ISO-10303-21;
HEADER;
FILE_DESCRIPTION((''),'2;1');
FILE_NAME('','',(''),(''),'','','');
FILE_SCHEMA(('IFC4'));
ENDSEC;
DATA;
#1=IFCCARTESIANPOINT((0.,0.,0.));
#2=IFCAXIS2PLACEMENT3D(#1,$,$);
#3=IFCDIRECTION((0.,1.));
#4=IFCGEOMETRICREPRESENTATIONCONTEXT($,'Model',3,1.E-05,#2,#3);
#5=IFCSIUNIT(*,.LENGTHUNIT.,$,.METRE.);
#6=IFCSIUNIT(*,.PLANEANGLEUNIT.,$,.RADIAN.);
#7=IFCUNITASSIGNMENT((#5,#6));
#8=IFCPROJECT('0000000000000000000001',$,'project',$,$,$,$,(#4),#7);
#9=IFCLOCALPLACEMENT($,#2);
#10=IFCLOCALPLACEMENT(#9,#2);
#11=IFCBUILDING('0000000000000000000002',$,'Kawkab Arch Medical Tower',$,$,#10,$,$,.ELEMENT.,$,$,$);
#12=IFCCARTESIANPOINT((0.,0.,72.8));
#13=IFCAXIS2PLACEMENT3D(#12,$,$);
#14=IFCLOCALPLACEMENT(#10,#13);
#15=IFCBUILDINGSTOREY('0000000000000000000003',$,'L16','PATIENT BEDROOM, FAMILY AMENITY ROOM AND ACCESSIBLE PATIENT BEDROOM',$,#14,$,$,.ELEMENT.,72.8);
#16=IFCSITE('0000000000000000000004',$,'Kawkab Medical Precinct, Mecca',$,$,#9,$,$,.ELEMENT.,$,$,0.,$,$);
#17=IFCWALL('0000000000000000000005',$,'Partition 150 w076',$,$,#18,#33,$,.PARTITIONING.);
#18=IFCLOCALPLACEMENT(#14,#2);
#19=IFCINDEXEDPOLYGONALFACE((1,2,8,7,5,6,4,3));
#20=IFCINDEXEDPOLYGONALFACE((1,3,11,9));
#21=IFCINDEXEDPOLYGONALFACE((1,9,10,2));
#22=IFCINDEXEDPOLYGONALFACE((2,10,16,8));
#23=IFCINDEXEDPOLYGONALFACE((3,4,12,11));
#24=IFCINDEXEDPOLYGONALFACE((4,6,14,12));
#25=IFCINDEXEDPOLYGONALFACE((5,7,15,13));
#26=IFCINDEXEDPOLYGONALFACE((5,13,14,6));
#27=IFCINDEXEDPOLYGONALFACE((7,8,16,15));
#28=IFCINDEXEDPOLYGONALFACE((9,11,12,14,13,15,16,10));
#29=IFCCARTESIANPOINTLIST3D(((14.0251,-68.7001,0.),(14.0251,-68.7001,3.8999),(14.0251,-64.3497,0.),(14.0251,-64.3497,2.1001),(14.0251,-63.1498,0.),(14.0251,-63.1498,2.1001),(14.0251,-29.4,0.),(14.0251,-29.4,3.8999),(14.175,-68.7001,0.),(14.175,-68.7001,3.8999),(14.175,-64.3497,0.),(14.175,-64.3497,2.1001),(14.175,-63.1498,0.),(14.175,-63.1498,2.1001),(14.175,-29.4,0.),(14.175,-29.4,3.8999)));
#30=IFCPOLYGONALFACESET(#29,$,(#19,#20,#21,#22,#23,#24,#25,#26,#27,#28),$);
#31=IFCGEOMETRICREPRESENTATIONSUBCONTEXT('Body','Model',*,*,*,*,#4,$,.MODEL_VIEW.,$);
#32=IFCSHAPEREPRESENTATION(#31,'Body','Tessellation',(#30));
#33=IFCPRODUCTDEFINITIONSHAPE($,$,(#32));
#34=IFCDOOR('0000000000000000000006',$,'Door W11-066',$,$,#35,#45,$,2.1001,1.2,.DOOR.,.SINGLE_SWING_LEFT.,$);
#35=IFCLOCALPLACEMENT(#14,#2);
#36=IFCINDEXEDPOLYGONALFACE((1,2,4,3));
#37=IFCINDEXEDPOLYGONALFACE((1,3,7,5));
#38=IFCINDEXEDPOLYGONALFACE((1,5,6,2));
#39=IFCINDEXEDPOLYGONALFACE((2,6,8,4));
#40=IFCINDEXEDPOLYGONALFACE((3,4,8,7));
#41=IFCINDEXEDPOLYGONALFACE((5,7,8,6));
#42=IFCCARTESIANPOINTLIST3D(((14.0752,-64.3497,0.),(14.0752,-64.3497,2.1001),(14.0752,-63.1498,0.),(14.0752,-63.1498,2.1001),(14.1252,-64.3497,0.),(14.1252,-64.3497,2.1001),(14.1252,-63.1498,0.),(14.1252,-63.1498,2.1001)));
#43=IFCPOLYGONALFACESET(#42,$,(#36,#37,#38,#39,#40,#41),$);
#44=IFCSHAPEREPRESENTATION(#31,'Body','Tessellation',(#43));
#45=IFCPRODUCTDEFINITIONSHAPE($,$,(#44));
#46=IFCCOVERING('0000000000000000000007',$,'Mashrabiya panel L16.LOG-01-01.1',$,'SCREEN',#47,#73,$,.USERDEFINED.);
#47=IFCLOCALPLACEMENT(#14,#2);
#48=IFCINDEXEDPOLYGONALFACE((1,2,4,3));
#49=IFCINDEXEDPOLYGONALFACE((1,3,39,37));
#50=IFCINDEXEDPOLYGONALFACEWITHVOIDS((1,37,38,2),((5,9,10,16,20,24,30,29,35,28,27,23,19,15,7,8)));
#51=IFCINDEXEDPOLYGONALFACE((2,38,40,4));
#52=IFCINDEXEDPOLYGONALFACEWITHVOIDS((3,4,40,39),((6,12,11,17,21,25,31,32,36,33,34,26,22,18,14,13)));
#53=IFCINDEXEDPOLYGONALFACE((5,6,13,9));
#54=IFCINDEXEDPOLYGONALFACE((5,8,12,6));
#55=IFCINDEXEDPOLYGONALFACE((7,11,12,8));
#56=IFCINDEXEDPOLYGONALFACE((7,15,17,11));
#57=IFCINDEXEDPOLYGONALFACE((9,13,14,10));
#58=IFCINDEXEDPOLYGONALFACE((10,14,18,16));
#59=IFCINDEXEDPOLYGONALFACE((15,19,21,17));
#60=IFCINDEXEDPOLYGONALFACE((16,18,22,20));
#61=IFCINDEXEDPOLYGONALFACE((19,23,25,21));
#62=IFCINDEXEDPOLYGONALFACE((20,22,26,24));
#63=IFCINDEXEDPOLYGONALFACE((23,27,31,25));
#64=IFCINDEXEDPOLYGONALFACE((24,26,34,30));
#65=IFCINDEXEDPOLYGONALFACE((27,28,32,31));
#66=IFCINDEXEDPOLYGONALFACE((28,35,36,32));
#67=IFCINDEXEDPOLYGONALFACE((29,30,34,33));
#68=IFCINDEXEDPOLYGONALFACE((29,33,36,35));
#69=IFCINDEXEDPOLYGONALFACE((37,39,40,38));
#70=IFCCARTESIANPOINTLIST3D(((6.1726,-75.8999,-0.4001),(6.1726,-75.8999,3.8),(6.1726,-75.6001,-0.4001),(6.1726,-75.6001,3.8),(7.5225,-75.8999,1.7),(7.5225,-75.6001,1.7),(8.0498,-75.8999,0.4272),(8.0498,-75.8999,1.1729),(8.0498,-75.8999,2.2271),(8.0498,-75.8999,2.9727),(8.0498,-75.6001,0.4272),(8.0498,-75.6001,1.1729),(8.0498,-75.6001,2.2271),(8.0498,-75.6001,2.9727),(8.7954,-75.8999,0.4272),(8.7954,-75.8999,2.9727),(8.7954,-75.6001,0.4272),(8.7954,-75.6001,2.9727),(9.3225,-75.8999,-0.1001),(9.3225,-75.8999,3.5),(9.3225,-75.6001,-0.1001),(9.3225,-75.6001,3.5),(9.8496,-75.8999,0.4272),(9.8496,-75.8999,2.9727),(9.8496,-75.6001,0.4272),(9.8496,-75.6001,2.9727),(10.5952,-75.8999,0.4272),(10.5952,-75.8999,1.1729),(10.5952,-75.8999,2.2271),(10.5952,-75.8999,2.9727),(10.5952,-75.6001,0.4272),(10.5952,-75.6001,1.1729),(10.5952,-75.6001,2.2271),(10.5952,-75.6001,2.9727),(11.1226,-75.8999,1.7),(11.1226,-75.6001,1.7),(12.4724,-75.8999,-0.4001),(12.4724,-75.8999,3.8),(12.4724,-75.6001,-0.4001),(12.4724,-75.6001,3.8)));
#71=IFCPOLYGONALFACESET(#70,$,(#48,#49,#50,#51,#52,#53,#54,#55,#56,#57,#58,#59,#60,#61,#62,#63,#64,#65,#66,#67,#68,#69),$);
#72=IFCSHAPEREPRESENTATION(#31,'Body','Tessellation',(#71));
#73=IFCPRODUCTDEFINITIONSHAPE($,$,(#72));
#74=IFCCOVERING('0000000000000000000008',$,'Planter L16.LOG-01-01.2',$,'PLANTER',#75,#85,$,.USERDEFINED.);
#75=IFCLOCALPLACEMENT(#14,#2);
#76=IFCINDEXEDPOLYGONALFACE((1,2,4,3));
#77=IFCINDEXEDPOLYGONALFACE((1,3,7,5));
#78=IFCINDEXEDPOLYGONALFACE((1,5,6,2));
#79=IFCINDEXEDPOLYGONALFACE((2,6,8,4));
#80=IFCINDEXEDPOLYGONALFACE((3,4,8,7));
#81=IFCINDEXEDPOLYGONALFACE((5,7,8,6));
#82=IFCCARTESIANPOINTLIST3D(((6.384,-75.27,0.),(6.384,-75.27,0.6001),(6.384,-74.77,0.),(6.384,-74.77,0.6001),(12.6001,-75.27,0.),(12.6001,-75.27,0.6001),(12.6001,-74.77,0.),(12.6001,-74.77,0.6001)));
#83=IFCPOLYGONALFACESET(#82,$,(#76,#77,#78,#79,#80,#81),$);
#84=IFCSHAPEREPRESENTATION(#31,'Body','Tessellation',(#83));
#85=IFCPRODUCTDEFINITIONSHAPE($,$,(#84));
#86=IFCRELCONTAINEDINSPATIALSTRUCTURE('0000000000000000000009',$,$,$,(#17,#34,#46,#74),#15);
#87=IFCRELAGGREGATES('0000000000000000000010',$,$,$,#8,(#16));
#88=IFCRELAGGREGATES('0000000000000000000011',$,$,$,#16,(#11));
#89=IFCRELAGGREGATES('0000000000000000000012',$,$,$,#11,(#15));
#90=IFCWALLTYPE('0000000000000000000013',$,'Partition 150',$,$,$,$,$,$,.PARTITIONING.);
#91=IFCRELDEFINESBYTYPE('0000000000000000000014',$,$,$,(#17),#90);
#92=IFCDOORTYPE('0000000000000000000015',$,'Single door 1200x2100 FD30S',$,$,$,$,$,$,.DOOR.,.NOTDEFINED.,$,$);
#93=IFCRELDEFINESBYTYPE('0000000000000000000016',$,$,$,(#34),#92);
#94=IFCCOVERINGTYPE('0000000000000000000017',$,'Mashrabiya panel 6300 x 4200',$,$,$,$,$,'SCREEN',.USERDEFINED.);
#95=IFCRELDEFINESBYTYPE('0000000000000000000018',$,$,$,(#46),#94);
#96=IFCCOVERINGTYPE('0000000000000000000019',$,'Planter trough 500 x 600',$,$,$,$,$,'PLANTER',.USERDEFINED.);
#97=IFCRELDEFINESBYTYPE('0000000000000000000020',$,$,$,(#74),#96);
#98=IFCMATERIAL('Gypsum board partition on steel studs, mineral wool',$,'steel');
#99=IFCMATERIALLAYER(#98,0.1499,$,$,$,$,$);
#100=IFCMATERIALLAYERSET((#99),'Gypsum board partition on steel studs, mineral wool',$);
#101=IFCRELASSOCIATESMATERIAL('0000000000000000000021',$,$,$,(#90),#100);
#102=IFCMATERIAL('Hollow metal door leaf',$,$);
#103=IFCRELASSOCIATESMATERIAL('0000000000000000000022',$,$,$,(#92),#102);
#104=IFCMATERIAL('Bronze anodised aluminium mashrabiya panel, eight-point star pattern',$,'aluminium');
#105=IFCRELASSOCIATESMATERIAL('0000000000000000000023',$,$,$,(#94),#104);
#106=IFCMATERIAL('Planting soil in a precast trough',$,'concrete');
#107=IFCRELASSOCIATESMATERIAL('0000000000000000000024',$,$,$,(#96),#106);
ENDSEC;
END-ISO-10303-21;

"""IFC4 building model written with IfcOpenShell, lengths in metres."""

from ifc_helpers import new_model, si_unit, direction, frame, frame_2d, origin, origin_2d, place, context, subcontext, project, spatial, polyline, rectangle, outline, extrude, material, layer, layer_set, material_profile, profile_set, type_object, element, fill, save


model = new_model("IFC4")

# Units and contexts
model_context = context("Model", 3, precision=1e-05, world=origin(), true_north=direction((0.0, 1.0)))
body_context = subcontext(model_context, "Body", "Model", "MODEL_VIEW")
ifc_project = project(units=[si_unit("LENGTHUNIT", "METRE"), si_unit("PLANEANGLEUNIT", "RADIAN")], contexts=[model_context])

# Site, building, storey
site_placement = place(None, origin())
site = spatial("IfcSite", under=ifc_project, at=site_placement, Name="Kawkab Medical Precinct, Mecca", CompositionType="ELEMENT", RefElevation=0.0)
building_placement = place(site_placement, origin())
building = spatial("IfcBuilding", under=site, at=building_placement, Name="Kawkab Arch Medical Tower", CompositionType="ELEMENT")
storey_placement = place(building_placement, frame((0.0, 0.0, 72.8)))
storey = spatial("IfcBuildingStorey", under=building, at=storey_placement, Name="L16", Description="PATIENT BEDROOM, FAMILY AMENITY ROOM AND ACCESSIBLE PATIENT BEDROOM", CompositionType="ELEMENT", Elevation=72.8)

# Shared definitions
ifc_material_1 = material(Name="Gypsum board partition on steel studs, mineral wool", Category="steel")
ifc_layer_1 = layer(ifc_material_1, 0.1499)
ifc_layer_set_1 = layer_set([ifc_layer_1], Name="Gypsum board partition on steel studs, mineral wool")
wall_type_1 = type_object("IfcWallType", Name="Partition 150", PredefinedType="PARTITIONING", material=ifc_layer_set_1)

# Wall, opening, door
wall_1_placement = place(storey_placement, frame((14.1001, -68.7, 0.0), z_axis=(0.0, 0.0, 1.0), x_axis=(0.0, 1.0, 0.0)))
wall_1 = element("IfcWall", 1, at=wall_1_placement, inside=storey, type_object=wall_type_1, Name="Partition 150 w076", PredefinedType="PARTITIONING", context=body_context, shape_type="SweptSolid", body=[
    extrude(rectangle(XDim=39.3, YDim=0.1499, at=frame_2d((19.6499, 0.0))), origin(), (0.0, 0.0, 1.0), 3.8999),
])
opening_1_placement = place(wall_1_placement, frame((4.3501, 0.0, 0.0)))
opening_1 = element("IfcOpeningElement", 2, at=opening_1_placement, cuts=wall_1, PredefinedType="OPENING", context=body_context, shape_type="SweptSolid", body=[
    extrude(rectangle(XDim=1.2, YDim=2.1001, at=frame_2d((0.6001, 1.05))), frame((0.0, 0.085, 0.0), z_axis=(0.0, -1.0, 0.0), x_axis=(1.0, 0.0, 0.0)), (0.0, 0.0, 1.0), 0.1699),
])
ifc_material_2 = material(Name="Hollow metal door leaf")
door_type_1 = type_object("IfcDoorType", Name="Single door 1200x2100 FD30S", OperationType="NOTDEFINED", PredefinedType="DOOR", material=ifc_material_2)
door_1_placement = place(opening_1_placement, origin())
door_1 = element("IfcDoor", 3, at=door_1_placement, inside=storey, type_object=door_type_1, Name="Door W11-066", OperationType="SINGLE_SWING_LEFT", OverallHeight=2.1001, OverallWidth=1.2, PredefinedType="DOOR", context=body_context, shape_type="SweptSolid", body=[
    extrude(rectangle(XDim=1.2, YDim=2.1001, at=frame_2d((0.6001, 1.05))), frame((0.0, 0.0249, 0.0), z_axis=(0.0, -1.0, 0.0), x_axis=(1.0, 0.0, 0.0)), (0.0, 0.0, 1.0), 0.05),
])
fill(opening_1, door_1)

# Coverings
ifc_material_3 = material(Name="Bronze anodised aluminium mashrabiya panel, eight-point star pattern", Category="aluminium")
ifc_material_profile_1 = material_profile(ifc_material_3, outline(polyline([(-3.1499, -2.1001), (3.1499, -2.1001), (3.1499, 2.1001), (-3.1499, 2.1001), (-3.1499, -2.1001)]), holes=[polyline([(1.8, 0.0), (1.2727, 0.5271), (1.2727, 1.2727), (0.5271, 1.2727), (0.0, 1.8), (-0.5271, 1.2727), (-1.2727, 1.2727), (-1.2727, 0.5271), (-1.8, 0.0), (-1.2727, -0.5271), (-1.2727, -1.2727), (-0.5271, -1.2727), (0.0, -1.8), (0.5271, -1.2727), (1.2727, -1.2727), (1.2727, -0.5271), (1.8, 0.0)])]), Name="Mashrabiya panel 6300x4200")
ifc_profile_set_1 = profile_set([ifc_material_profile_1], Name="Bronze anodised aluminium mashrabiya panel, eight-point star pattern")
covering_type_1 = type_object("IfcCoveringType", Name="Mashrabiya panel 6300 x 4200", ElementType="SCREEN", PredefinedType="USERDEFINED", material=ifc_profile_set_1)
covering_1_placement = place(storey_placement, frame((9.3225, -75.6001, 1.7), z_axis=(0.0, -1.0, 0.0), x_axis=(1.0, 0.0, 0.0)))
element("IfcCovering", 4, at=covering_1_placement, inside=storey, type_object=covering_type_1, Name="Mashrabiya panel L16.LOG-01-01.1", ObjectType="SCREEN", PredefinedType="USERDEFINED", context=body_context, shape_type="SweptSolid", body=[
    extrude(outline(polyline([(-3.1499, -2.1001), (3.1499, -2.1001), (3.1499, 2.1001), (-3.1499, 2.1001), (-3.1499, -2.1001)]), holes=[polyline([(1.8, 0.0), (1.2727, 0.5271), (1.2727, 1.2727), (0.5271, 1.2727), (0.0, 1.8), (-0.5271, 1.2727), (-1.2727, 1.2727), (-1.2727, 0.5271), (-1.8, 0.0), (-1.2727, -0.5271), (-1.2727, -1.2727), (-0.5271, -1.2727), (0.0, -1.8), (0.5271, -1.2727), (1.2727, -1.2727), (1.2727, -0.5271), (1.8, 0.0)])]), origin(), (0.0, 0.0, 1.0), 0.2998),
])
ifc_material_4 = material(Name="Planting soil in a precast trough", Category="concrete")
ifc_material_profile_2 = material_profile(ifc_material_4, rectangle(XDim=0.5, YDim=0.6001, at=origin_2d()), Name="Trough 500x600")
ifc_profile_set_2 = profile_set([ifc_material_profile_2], Name="Planting soil in a precast trough")
covering_type_2 = type_object("IfcCoveringType", Name="Planter trough 500 x 600", ElementType="PLANTER", PredefinedType="USERDEFINED", material=ifc_profile_set_2)
covering_2_placement = place(storey_placement, frame((12.6001, -75.02, 0.3), z_axis=(-1.0, 0.0, 0.0), x_axis=(0.0, -1.0, 0.0)))
element("IfcCovering", 5, at=covering_2_placement, inside=storey, type_object=covering_type_2, Name="Planter L16.LOG-01-01.2", ObjectType="PLANTER", PredefinedType="USERDEFINED", context=body_context, shape_type="SweptSolid", body=[
    extrude(rectangle(XDim=0.5, YDim=0.6001, at=origin_2d()), origin(), (0.0, 0.0, 1.0), 6.2161),
])

save(model, "model.ifc")
